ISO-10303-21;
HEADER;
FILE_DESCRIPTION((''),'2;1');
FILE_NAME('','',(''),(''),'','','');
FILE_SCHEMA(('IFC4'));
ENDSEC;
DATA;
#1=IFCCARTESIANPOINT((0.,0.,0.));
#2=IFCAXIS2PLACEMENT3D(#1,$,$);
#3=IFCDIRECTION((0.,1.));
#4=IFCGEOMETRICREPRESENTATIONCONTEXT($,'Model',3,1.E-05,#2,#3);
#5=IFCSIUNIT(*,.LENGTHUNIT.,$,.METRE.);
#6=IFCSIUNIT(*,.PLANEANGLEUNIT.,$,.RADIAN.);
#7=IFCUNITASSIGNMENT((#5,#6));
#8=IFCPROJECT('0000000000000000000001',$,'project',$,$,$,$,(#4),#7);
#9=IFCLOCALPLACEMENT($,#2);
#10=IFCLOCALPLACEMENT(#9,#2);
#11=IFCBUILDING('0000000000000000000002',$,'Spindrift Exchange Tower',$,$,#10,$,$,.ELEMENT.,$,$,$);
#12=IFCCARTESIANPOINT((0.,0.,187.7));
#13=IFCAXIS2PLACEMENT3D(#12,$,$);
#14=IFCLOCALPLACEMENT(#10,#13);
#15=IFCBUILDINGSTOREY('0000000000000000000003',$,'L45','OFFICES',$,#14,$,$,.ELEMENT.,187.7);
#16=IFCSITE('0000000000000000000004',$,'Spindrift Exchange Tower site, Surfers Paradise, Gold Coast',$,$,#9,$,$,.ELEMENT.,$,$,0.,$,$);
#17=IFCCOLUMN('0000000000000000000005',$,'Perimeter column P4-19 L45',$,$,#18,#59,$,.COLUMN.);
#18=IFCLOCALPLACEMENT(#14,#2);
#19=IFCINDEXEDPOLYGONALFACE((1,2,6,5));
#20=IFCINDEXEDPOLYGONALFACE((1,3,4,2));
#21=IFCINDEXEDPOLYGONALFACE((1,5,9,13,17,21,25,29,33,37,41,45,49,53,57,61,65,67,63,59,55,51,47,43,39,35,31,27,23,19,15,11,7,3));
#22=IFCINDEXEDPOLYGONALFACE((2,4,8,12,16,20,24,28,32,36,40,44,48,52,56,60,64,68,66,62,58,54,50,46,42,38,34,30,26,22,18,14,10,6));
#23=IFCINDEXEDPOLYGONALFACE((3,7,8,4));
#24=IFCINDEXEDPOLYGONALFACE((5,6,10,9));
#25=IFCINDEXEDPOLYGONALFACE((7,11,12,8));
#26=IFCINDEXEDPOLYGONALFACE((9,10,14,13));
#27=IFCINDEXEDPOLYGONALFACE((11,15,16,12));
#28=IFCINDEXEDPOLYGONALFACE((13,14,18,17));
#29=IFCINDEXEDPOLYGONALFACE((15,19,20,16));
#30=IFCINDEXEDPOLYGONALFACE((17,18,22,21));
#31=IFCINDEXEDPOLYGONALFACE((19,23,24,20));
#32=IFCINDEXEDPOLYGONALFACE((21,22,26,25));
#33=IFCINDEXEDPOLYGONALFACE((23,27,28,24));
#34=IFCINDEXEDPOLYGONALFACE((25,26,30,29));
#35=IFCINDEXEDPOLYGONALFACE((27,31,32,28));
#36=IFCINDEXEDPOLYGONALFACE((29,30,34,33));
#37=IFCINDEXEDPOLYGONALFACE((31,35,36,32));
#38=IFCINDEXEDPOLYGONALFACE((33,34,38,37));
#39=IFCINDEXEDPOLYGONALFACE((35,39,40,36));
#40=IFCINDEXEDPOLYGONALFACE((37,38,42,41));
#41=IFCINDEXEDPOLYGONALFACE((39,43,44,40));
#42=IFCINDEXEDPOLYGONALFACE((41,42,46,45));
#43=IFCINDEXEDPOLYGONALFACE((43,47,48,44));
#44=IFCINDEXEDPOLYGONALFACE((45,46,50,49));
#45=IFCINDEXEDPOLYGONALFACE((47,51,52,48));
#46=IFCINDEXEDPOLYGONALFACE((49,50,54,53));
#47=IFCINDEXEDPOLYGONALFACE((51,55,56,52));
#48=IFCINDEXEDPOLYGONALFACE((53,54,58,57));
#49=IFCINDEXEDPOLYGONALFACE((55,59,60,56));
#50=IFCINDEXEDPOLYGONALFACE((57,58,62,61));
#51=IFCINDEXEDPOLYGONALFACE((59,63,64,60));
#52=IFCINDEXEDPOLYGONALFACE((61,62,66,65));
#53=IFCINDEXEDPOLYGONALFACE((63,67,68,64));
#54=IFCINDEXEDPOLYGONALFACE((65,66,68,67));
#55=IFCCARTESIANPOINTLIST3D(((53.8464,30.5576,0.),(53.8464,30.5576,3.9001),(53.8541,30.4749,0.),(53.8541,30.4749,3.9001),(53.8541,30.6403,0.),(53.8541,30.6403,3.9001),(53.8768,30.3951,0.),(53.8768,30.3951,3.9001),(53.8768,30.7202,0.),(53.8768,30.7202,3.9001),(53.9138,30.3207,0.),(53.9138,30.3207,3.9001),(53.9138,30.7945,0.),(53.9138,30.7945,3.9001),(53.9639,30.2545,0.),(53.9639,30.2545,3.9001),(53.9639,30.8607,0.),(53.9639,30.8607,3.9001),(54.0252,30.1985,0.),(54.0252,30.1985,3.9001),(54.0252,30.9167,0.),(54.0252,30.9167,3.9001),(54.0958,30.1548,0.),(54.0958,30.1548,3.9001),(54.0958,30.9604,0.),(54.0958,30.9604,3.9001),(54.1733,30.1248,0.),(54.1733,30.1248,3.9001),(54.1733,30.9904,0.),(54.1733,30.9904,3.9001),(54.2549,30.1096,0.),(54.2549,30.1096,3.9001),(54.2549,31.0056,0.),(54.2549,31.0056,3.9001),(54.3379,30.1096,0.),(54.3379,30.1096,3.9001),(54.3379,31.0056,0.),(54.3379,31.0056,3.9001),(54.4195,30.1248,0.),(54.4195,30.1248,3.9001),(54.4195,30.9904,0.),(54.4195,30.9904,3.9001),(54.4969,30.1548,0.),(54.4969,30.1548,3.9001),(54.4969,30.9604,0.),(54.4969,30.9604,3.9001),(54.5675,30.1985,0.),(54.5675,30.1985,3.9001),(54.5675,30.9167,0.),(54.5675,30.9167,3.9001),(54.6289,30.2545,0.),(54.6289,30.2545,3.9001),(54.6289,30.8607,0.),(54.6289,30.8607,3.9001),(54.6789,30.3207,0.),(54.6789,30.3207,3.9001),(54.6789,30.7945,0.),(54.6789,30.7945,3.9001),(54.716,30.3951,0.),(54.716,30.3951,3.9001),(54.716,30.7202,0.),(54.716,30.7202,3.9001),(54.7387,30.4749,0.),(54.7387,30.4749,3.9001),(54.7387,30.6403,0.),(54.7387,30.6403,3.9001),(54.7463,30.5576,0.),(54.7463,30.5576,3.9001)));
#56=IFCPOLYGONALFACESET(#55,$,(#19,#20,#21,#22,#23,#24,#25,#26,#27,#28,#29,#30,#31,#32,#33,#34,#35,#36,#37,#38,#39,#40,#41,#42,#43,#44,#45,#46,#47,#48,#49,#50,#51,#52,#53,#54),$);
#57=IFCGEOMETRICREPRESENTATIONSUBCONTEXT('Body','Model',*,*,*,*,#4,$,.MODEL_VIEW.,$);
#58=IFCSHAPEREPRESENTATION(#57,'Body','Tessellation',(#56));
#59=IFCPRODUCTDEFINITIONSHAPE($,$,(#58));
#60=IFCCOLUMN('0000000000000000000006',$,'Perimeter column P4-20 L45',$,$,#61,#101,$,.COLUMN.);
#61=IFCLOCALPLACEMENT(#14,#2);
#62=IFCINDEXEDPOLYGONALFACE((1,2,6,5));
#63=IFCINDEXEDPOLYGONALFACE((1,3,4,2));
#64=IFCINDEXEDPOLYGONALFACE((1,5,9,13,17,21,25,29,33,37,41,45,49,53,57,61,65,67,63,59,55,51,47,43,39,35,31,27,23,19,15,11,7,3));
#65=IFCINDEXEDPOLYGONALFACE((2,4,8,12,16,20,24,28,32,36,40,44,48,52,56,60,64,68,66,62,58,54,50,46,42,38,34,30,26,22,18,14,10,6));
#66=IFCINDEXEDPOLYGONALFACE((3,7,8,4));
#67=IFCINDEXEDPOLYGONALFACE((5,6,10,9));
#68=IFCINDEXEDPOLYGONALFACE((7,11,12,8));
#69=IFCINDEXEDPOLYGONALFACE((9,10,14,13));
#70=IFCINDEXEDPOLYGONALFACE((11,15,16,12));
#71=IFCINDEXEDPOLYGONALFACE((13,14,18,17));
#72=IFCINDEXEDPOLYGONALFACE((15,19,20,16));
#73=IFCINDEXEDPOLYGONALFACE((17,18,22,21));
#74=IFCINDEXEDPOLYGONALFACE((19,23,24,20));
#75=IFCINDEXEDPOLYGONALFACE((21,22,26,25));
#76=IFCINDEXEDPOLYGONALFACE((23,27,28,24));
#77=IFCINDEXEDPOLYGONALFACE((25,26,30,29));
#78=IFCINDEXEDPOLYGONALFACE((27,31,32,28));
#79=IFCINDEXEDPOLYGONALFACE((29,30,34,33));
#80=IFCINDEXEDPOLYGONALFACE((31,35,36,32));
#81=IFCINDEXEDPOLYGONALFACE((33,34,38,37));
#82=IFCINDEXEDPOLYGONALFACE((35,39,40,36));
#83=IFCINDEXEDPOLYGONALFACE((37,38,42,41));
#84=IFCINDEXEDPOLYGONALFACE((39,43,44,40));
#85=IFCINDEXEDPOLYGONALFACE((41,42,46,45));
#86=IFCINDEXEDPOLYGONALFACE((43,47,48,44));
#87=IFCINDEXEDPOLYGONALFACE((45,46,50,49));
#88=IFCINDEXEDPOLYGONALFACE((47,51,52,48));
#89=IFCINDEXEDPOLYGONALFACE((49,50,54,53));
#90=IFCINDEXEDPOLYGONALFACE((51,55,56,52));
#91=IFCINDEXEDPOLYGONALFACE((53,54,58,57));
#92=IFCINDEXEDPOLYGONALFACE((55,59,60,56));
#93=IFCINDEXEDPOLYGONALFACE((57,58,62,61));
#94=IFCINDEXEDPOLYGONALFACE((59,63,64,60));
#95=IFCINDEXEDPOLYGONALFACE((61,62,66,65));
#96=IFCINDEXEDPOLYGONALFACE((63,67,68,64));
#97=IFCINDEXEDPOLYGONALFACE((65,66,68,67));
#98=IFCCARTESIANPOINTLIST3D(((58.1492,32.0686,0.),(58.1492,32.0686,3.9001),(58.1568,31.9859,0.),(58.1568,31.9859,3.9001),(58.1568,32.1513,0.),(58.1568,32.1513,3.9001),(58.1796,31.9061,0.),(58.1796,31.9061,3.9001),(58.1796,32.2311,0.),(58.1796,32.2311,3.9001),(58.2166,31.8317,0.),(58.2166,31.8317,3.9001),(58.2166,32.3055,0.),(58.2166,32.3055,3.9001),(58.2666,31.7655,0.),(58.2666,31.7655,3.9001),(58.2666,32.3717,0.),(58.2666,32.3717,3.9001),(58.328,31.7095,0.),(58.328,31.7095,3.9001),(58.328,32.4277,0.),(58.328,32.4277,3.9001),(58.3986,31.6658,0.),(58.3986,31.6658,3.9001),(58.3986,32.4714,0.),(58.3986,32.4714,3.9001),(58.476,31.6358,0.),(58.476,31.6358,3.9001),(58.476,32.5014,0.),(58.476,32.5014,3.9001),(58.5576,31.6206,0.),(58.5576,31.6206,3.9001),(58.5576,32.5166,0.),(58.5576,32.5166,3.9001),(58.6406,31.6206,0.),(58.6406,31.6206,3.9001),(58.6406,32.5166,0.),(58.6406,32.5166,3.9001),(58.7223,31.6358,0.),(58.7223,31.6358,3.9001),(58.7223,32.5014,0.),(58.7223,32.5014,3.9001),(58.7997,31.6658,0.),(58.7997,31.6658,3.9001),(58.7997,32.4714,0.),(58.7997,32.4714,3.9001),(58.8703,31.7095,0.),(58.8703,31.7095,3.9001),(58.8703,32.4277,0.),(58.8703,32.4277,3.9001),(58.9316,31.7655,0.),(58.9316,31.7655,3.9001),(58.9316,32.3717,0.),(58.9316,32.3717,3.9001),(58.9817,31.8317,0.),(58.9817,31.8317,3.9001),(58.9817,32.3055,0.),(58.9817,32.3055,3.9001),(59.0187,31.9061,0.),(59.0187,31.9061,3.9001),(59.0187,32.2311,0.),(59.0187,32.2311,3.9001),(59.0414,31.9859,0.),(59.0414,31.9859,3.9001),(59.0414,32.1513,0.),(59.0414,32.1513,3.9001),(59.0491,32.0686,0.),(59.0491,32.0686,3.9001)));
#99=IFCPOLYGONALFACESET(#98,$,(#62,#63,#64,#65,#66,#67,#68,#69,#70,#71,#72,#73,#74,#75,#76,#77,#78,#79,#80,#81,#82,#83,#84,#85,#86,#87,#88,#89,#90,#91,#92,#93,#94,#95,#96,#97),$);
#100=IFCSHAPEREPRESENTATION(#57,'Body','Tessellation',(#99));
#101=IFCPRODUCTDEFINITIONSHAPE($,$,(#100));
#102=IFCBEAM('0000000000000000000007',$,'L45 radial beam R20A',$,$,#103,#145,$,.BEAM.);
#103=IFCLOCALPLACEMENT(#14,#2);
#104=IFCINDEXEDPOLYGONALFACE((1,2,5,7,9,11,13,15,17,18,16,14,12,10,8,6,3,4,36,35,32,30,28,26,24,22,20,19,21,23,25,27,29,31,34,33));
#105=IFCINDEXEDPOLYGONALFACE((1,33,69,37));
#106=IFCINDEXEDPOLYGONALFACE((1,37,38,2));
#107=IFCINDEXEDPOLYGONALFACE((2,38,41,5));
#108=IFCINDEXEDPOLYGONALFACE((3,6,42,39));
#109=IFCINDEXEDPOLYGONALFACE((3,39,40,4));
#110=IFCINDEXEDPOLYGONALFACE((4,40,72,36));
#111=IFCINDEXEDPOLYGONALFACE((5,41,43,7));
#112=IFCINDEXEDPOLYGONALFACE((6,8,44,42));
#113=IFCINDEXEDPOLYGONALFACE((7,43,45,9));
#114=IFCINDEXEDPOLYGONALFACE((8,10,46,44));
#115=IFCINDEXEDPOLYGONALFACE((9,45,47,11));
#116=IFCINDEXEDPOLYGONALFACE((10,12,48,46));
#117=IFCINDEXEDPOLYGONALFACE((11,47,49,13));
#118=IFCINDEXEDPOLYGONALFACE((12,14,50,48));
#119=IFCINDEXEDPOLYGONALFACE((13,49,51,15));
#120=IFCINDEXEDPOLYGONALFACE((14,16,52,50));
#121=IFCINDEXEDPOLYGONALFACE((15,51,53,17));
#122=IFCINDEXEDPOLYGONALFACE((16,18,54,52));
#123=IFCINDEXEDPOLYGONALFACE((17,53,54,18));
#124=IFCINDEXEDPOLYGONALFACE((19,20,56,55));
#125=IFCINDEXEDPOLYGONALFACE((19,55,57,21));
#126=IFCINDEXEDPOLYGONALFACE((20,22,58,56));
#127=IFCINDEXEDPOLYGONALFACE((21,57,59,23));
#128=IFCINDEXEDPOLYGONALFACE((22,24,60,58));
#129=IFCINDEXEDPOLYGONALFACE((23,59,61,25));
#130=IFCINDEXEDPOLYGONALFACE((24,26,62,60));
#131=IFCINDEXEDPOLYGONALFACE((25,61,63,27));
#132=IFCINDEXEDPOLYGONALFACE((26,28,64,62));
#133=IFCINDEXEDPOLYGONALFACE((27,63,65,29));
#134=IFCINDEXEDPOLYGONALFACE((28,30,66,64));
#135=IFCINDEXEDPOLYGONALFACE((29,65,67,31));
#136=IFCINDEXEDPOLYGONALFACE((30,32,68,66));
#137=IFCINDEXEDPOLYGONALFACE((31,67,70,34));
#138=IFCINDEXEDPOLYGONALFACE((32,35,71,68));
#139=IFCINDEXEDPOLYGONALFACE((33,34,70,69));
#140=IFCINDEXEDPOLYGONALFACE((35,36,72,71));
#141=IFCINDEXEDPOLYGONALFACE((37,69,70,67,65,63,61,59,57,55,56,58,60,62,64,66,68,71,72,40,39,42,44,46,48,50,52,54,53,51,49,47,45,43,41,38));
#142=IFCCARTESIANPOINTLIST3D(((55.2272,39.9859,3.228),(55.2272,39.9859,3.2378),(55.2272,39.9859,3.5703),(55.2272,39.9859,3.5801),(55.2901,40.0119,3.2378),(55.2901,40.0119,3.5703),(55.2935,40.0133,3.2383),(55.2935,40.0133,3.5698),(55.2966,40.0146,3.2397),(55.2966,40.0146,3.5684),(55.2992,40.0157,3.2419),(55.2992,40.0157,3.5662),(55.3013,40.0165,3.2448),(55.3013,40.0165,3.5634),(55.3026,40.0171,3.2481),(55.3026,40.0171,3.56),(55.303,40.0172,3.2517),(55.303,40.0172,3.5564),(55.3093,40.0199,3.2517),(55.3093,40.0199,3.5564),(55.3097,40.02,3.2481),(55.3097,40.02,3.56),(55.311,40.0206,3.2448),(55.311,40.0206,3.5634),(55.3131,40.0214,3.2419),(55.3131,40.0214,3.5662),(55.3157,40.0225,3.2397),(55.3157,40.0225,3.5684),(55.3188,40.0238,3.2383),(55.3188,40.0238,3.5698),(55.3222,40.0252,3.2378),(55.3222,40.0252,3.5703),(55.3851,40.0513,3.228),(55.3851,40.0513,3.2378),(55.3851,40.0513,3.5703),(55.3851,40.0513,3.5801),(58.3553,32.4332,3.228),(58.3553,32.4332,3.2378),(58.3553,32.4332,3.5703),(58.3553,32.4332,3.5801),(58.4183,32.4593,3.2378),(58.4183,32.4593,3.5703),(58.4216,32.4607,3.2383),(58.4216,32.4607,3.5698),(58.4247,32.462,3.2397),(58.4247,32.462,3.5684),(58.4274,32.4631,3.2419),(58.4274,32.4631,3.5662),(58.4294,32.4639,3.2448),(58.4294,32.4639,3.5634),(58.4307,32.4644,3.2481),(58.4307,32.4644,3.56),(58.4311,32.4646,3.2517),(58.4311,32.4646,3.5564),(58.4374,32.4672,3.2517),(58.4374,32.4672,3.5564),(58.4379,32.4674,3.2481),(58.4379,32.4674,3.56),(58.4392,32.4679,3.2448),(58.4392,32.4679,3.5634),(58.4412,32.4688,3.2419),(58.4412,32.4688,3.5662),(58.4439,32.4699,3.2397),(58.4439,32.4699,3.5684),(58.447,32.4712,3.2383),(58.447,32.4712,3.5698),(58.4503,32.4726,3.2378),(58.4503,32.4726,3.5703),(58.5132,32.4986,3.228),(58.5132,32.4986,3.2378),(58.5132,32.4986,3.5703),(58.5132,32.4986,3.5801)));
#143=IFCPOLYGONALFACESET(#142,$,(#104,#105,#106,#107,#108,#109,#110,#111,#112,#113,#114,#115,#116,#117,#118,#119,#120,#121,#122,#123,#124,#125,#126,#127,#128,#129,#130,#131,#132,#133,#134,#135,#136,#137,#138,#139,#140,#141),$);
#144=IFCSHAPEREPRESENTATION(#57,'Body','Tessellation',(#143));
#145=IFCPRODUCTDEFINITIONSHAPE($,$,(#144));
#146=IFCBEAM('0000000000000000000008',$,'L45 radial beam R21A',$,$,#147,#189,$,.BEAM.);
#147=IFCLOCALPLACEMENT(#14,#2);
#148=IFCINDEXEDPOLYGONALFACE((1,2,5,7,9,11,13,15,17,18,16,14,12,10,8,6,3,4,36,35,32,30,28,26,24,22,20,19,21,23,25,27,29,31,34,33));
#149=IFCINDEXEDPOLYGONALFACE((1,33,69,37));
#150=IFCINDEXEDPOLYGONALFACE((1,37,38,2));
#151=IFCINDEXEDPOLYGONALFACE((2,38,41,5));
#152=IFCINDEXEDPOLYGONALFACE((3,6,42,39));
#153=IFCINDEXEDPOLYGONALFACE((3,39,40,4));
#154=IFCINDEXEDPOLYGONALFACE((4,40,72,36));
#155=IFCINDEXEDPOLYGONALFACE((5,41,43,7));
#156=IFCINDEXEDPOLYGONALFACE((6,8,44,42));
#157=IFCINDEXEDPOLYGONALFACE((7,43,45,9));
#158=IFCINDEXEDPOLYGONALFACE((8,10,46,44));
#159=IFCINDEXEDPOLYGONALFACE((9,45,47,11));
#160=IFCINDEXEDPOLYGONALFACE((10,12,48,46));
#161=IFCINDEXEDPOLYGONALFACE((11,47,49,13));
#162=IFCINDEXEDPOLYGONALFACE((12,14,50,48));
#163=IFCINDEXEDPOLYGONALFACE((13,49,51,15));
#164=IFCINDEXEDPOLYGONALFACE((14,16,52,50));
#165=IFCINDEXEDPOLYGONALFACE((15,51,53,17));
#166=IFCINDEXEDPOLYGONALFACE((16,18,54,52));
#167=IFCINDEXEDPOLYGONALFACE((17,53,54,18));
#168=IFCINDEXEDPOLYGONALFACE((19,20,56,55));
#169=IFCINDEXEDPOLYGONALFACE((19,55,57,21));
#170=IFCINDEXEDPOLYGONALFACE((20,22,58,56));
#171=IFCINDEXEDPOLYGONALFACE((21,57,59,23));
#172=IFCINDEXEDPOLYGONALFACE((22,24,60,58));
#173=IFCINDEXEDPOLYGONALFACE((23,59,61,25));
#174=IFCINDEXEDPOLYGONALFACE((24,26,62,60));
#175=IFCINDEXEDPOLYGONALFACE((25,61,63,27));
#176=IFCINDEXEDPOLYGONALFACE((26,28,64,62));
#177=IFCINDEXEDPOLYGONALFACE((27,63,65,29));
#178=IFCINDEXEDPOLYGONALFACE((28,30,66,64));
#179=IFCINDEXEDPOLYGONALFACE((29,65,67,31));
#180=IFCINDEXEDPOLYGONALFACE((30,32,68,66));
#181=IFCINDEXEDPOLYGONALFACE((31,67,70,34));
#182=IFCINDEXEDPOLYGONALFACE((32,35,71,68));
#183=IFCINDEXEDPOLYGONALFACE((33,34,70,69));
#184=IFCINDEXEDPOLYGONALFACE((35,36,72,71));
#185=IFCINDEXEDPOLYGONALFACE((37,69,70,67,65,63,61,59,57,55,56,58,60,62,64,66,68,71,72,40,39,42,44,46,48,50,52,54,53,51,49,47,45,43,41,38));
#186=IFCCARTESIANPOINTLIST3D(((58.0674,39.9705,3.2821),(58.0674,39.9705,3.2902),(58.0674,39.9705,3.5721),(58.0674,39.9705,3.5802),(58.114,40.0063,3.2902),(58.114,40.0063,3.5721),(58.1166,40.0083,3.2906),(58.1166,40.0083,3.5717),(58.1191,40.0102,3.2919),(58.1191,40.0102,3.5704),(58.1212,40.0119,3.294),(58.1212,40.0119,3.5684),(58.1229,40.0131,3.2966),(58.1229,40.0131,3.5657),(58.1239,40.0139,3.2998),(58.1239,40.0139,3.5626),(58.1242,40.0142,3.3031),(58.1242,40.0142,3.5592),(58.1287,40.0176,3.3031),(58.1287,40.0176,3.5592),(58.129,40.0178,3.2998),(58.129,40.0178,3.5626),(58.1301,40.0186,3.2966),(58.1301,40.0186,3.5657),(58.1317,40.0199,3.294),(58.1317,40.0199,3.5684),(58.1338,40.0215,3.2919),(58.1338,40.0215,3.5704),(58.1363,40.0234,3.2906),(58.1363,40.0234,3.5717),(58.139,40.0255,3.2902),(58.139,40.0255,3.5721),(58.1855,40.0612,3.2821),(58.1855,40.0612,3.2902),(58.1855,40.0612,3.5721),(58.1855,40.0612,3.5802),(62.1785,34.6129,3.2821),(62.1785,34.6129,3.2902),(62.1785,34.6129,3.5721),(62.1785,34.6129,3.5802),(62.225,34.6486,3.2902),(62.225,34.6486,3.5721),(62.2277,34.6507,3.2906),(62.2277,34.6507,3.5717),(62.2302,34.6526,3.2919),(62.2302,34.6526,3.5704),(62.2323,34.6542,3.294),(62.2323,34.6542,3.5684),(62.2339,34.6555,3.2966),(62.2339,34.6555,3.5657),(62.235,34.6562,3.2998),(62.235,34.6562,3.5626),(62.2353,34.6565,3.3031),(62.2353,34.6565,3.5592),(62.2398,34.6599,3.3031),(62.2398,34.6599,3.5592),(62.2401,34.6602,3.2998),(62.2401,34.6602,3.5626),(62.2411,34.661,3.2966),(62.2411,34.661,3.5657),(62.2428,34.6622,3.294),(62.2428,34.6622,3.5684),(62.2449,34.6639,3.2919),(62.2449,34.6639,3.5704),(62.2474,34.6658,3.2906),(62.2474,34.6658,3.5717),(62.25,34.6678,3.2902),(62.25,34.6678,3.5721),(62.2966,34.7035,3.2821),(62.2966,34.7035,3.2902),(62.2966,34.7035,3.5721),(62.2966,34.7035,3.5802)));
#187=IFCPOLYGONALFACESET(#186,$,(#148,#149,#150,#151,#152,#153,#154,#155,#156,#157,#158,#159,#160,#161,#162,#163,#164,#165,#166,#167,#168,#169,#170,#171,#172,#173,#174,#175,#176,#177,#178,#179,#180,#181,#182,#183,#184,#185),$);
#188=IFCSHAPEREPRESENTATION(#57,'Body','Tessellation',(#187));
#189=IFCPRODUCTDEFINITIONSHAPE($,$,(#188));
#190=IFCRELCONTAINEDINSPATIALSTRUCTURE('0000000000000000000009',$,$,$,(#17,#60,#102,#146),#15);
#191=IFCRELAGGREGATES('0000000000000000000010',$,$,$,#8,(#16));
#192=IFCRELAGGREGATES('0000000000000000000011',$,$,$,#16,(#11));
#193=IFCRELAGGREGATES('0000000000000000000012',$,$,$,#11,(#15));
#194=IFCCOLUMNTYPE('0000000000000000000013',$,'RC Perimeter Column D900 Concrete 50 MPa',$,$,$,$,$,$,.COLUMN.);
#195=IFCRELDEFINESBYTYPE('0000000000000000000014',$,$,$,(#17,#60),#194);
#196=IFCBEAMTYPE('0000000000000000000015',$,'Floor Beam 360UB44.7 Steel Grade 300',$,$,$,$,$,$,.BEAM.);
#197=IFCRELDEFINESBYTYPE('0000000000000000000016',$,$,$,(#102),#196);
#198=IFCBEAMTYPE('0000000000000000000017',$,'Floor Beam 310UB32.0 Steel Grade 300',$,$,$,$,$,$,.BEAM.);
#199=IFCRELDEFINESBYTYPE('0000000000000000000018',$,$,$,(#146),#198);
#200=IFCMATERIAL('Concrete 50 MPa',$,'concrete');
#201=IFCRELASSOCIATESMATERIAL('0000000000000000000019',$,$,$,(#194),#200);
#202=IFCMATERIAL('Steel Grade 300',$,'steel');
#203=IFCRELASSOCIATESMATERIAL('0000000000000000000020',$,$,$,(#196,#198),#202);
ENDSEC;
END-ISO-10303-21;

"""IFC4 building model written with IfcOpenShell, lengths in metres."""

from ifc_helpers import new_model, si_unit, direction, frame, origin, origin_2d, place, context, subcontext, project, spatial, circle, i_section, extrude, source, transform, mapped, material, material_profile, profile_set, type_object, element, save


model = new_model("IFC4")

# Units and contexts
model_context = context("Model", 3, precision=1e-05, world=origin(), true_north=direction((0.0, 1.0)))
body_context = subcontext(model_context, "Body", "Model", "MODEL_VIEW")
ifc_project = project(units=[si_unit("LENGTHUNIT", "METRE"), si_unit("PLANEANGLEUNIT", "RADIAN")], contexts=[model_context])

# Site, building, storey
site_placement = place(None, origin())
site = spatial("IfcSite", under=ifc_project, at=site_placement, Name="Spindrift Exchange Tower site, Surfers Paradise, Gold Coast", CompositionType="ELEMENT", RefElevation=0.0)
building_placement = place(site_placement, origin())
building = spatial("IfcBuilding", under=site, at=building_placement, Name="Spindrift Exchange Tower", CompositionType="ELEMENT")
storey_placement = place(building_placement, frame((0.0, 0.0, 187.7)))
storey = spatial("IfcBuildingStorey", under=building, at=storey_placement, Name="L45", Description="OFFICES", CompositionType="ELEMENT", Elevation=187.7)

# Columns
ifc_material_1 = material(Name="Concrete 50 MPa", Category="concrete")
ifc_material_profile_1 = material_profile(ifc_material_1, circle(Radius=0.45, at=origin_2d()), Name="RC D900")
ifc_profile_set_1 = profile_set([ifc_material_profile_1], Name="Concrete 50 MPa")
column_type = type_object("IfcColumnType", Name="RC Perimeter Column D900 Concrete 50 MPa", PredefinedType="COLUMN", material=ifc_profile_set_1)
shared_shape_1 = source(origin(), body_context, "Body", "SweptSolid", [
    extrude(circle(Radius=0.45, at=origin_2d()), origin(), (0.0, 0.0, 1.0), 3.9001),
])
for number, where, z_axis, x_axis, name in (
    (1, (54.2964, 30.5576, 0.0), (0.0, 0.0, 1.0), (1.0, 0.0, 0.0), "Perimeter column P4-19 L45"),
    (2, (58.5991, 32.0686, 0.0), (0.0, 0.0, 1.0), (1.0, 0.0, 0.0), "Perimeter column P4-20 L45"),
):
    element("IfcColumn", number, at=place(storey_placement, frame(where, z_axis=z_axis, x_axis=x_axis)), inside=storey, type_object=column_type, Name=name, PredefinedType="COLUMN", context=body_context, shape_type="MappedRepresentation", body=[
        mapped(shared_shape_1, transform((0.0, 0.0, 0.0), scale=1.0)),
    ])

# Beams
ifc_material_2 = material(Name="Steel Grade 300", Category="steel")
ifc_material_profile_2 = material_profile(ifc_material_2, i_section(OverallWidth=0.1709, OverallDepth=0.3521, WebThickness=0.0068, FlangeThickness=0.0098, FilletRadius=0.0139, at=origin_2d()), Name="360UB44.7")
ifc_profile_set_2 = profile_set([ifc_material_profile_2], Name="Steel Grade 300")
beam_type_1 = type_object("IfcBeamType", Name="Floor Beam 360UB44.7 Steel Grade 300", PredefinedType="BEAM", material=ifc_profile_set_2)
shared_shape_2 = source(origin(), body_context, "Body", "SweptSolid", [
    extrude(i_section(OverallWidth=0.1709, OverallDepth=0.3521, WebThickness=0.0068, FlangeThickness=0.0098, FilletRadius=0.0139, at=origin_2d()), origin(), (0.0, 0.0, 1.0), 8.1748),
])
beam_1_placement = place(storey_placement, frame((55.3062, 40.0186, 3.4041), z_axis=(0.382655, -0.923891, 0.0), x_axis=(0.923891, 0.382655, 0.0)))
element("IfcBeam", 3, at=beam_1_placement, inside=storey, type_object=beam_type_1, Name="L45 radial beam R20A", PredefinedType="BEAM", context=body_context, shape_type="MappedRepresentation", body=[
    mapped(shared_shape_2, transform((0.0, 0.0, 0.0), scale=1.0)),
])
ifc_material_profile_3 = material_profile(ifc_material_2, i_section(OverallWidth=0.1489, OverallDepth=0.2981, WebThickness=0.0056, FlangeThickness=0.0081, FilletRadius=0.0129, at=origin_2d()), Name="310UB32.0")
ifc_profile_set_3 = profile_set([ifc_material_profile_3], Name="Steel Grade 300")
beam_type_2 = type_object("IfcBeamType", Name="Floor Beam 310UB32.0 Steel Grade 300", PredefinedType="BEAM", material=ifc_profile_set_3)
shared_shape_3 = source(origin(), body_context, "Body", "SweptSolid", [
    extrude(i_section(OverallWidth=0.1489, OverallDepth=0.2981, WebThickness=0.0056, FlangeThickness=0.0081, FilletRadius=0.0129, at=origin_2d()), origin(), (0.0, 0.0, 1.0), 6.7532),
])
beam_2_placement = place(storey_placement, frame((58.1265, 40.0159, 3.4312), z_axis=(0.608762, -0.793353, 0.0), x_axis=(0.793353, 0.608762, 0.0)))
element("IfcBeam", 4, at=beam_2_placement, inside=storey, type_object=beam_type_2, Name="L45 radial beam R21A", PredefinedType="BEAM", context=body_context, shape_type="MappedRepresentation", body=[
    mapped(shared_shape_3, transform((0.0, 0.0, 0.0), scale=1.0)),
])

save(model, "model.ifc")
